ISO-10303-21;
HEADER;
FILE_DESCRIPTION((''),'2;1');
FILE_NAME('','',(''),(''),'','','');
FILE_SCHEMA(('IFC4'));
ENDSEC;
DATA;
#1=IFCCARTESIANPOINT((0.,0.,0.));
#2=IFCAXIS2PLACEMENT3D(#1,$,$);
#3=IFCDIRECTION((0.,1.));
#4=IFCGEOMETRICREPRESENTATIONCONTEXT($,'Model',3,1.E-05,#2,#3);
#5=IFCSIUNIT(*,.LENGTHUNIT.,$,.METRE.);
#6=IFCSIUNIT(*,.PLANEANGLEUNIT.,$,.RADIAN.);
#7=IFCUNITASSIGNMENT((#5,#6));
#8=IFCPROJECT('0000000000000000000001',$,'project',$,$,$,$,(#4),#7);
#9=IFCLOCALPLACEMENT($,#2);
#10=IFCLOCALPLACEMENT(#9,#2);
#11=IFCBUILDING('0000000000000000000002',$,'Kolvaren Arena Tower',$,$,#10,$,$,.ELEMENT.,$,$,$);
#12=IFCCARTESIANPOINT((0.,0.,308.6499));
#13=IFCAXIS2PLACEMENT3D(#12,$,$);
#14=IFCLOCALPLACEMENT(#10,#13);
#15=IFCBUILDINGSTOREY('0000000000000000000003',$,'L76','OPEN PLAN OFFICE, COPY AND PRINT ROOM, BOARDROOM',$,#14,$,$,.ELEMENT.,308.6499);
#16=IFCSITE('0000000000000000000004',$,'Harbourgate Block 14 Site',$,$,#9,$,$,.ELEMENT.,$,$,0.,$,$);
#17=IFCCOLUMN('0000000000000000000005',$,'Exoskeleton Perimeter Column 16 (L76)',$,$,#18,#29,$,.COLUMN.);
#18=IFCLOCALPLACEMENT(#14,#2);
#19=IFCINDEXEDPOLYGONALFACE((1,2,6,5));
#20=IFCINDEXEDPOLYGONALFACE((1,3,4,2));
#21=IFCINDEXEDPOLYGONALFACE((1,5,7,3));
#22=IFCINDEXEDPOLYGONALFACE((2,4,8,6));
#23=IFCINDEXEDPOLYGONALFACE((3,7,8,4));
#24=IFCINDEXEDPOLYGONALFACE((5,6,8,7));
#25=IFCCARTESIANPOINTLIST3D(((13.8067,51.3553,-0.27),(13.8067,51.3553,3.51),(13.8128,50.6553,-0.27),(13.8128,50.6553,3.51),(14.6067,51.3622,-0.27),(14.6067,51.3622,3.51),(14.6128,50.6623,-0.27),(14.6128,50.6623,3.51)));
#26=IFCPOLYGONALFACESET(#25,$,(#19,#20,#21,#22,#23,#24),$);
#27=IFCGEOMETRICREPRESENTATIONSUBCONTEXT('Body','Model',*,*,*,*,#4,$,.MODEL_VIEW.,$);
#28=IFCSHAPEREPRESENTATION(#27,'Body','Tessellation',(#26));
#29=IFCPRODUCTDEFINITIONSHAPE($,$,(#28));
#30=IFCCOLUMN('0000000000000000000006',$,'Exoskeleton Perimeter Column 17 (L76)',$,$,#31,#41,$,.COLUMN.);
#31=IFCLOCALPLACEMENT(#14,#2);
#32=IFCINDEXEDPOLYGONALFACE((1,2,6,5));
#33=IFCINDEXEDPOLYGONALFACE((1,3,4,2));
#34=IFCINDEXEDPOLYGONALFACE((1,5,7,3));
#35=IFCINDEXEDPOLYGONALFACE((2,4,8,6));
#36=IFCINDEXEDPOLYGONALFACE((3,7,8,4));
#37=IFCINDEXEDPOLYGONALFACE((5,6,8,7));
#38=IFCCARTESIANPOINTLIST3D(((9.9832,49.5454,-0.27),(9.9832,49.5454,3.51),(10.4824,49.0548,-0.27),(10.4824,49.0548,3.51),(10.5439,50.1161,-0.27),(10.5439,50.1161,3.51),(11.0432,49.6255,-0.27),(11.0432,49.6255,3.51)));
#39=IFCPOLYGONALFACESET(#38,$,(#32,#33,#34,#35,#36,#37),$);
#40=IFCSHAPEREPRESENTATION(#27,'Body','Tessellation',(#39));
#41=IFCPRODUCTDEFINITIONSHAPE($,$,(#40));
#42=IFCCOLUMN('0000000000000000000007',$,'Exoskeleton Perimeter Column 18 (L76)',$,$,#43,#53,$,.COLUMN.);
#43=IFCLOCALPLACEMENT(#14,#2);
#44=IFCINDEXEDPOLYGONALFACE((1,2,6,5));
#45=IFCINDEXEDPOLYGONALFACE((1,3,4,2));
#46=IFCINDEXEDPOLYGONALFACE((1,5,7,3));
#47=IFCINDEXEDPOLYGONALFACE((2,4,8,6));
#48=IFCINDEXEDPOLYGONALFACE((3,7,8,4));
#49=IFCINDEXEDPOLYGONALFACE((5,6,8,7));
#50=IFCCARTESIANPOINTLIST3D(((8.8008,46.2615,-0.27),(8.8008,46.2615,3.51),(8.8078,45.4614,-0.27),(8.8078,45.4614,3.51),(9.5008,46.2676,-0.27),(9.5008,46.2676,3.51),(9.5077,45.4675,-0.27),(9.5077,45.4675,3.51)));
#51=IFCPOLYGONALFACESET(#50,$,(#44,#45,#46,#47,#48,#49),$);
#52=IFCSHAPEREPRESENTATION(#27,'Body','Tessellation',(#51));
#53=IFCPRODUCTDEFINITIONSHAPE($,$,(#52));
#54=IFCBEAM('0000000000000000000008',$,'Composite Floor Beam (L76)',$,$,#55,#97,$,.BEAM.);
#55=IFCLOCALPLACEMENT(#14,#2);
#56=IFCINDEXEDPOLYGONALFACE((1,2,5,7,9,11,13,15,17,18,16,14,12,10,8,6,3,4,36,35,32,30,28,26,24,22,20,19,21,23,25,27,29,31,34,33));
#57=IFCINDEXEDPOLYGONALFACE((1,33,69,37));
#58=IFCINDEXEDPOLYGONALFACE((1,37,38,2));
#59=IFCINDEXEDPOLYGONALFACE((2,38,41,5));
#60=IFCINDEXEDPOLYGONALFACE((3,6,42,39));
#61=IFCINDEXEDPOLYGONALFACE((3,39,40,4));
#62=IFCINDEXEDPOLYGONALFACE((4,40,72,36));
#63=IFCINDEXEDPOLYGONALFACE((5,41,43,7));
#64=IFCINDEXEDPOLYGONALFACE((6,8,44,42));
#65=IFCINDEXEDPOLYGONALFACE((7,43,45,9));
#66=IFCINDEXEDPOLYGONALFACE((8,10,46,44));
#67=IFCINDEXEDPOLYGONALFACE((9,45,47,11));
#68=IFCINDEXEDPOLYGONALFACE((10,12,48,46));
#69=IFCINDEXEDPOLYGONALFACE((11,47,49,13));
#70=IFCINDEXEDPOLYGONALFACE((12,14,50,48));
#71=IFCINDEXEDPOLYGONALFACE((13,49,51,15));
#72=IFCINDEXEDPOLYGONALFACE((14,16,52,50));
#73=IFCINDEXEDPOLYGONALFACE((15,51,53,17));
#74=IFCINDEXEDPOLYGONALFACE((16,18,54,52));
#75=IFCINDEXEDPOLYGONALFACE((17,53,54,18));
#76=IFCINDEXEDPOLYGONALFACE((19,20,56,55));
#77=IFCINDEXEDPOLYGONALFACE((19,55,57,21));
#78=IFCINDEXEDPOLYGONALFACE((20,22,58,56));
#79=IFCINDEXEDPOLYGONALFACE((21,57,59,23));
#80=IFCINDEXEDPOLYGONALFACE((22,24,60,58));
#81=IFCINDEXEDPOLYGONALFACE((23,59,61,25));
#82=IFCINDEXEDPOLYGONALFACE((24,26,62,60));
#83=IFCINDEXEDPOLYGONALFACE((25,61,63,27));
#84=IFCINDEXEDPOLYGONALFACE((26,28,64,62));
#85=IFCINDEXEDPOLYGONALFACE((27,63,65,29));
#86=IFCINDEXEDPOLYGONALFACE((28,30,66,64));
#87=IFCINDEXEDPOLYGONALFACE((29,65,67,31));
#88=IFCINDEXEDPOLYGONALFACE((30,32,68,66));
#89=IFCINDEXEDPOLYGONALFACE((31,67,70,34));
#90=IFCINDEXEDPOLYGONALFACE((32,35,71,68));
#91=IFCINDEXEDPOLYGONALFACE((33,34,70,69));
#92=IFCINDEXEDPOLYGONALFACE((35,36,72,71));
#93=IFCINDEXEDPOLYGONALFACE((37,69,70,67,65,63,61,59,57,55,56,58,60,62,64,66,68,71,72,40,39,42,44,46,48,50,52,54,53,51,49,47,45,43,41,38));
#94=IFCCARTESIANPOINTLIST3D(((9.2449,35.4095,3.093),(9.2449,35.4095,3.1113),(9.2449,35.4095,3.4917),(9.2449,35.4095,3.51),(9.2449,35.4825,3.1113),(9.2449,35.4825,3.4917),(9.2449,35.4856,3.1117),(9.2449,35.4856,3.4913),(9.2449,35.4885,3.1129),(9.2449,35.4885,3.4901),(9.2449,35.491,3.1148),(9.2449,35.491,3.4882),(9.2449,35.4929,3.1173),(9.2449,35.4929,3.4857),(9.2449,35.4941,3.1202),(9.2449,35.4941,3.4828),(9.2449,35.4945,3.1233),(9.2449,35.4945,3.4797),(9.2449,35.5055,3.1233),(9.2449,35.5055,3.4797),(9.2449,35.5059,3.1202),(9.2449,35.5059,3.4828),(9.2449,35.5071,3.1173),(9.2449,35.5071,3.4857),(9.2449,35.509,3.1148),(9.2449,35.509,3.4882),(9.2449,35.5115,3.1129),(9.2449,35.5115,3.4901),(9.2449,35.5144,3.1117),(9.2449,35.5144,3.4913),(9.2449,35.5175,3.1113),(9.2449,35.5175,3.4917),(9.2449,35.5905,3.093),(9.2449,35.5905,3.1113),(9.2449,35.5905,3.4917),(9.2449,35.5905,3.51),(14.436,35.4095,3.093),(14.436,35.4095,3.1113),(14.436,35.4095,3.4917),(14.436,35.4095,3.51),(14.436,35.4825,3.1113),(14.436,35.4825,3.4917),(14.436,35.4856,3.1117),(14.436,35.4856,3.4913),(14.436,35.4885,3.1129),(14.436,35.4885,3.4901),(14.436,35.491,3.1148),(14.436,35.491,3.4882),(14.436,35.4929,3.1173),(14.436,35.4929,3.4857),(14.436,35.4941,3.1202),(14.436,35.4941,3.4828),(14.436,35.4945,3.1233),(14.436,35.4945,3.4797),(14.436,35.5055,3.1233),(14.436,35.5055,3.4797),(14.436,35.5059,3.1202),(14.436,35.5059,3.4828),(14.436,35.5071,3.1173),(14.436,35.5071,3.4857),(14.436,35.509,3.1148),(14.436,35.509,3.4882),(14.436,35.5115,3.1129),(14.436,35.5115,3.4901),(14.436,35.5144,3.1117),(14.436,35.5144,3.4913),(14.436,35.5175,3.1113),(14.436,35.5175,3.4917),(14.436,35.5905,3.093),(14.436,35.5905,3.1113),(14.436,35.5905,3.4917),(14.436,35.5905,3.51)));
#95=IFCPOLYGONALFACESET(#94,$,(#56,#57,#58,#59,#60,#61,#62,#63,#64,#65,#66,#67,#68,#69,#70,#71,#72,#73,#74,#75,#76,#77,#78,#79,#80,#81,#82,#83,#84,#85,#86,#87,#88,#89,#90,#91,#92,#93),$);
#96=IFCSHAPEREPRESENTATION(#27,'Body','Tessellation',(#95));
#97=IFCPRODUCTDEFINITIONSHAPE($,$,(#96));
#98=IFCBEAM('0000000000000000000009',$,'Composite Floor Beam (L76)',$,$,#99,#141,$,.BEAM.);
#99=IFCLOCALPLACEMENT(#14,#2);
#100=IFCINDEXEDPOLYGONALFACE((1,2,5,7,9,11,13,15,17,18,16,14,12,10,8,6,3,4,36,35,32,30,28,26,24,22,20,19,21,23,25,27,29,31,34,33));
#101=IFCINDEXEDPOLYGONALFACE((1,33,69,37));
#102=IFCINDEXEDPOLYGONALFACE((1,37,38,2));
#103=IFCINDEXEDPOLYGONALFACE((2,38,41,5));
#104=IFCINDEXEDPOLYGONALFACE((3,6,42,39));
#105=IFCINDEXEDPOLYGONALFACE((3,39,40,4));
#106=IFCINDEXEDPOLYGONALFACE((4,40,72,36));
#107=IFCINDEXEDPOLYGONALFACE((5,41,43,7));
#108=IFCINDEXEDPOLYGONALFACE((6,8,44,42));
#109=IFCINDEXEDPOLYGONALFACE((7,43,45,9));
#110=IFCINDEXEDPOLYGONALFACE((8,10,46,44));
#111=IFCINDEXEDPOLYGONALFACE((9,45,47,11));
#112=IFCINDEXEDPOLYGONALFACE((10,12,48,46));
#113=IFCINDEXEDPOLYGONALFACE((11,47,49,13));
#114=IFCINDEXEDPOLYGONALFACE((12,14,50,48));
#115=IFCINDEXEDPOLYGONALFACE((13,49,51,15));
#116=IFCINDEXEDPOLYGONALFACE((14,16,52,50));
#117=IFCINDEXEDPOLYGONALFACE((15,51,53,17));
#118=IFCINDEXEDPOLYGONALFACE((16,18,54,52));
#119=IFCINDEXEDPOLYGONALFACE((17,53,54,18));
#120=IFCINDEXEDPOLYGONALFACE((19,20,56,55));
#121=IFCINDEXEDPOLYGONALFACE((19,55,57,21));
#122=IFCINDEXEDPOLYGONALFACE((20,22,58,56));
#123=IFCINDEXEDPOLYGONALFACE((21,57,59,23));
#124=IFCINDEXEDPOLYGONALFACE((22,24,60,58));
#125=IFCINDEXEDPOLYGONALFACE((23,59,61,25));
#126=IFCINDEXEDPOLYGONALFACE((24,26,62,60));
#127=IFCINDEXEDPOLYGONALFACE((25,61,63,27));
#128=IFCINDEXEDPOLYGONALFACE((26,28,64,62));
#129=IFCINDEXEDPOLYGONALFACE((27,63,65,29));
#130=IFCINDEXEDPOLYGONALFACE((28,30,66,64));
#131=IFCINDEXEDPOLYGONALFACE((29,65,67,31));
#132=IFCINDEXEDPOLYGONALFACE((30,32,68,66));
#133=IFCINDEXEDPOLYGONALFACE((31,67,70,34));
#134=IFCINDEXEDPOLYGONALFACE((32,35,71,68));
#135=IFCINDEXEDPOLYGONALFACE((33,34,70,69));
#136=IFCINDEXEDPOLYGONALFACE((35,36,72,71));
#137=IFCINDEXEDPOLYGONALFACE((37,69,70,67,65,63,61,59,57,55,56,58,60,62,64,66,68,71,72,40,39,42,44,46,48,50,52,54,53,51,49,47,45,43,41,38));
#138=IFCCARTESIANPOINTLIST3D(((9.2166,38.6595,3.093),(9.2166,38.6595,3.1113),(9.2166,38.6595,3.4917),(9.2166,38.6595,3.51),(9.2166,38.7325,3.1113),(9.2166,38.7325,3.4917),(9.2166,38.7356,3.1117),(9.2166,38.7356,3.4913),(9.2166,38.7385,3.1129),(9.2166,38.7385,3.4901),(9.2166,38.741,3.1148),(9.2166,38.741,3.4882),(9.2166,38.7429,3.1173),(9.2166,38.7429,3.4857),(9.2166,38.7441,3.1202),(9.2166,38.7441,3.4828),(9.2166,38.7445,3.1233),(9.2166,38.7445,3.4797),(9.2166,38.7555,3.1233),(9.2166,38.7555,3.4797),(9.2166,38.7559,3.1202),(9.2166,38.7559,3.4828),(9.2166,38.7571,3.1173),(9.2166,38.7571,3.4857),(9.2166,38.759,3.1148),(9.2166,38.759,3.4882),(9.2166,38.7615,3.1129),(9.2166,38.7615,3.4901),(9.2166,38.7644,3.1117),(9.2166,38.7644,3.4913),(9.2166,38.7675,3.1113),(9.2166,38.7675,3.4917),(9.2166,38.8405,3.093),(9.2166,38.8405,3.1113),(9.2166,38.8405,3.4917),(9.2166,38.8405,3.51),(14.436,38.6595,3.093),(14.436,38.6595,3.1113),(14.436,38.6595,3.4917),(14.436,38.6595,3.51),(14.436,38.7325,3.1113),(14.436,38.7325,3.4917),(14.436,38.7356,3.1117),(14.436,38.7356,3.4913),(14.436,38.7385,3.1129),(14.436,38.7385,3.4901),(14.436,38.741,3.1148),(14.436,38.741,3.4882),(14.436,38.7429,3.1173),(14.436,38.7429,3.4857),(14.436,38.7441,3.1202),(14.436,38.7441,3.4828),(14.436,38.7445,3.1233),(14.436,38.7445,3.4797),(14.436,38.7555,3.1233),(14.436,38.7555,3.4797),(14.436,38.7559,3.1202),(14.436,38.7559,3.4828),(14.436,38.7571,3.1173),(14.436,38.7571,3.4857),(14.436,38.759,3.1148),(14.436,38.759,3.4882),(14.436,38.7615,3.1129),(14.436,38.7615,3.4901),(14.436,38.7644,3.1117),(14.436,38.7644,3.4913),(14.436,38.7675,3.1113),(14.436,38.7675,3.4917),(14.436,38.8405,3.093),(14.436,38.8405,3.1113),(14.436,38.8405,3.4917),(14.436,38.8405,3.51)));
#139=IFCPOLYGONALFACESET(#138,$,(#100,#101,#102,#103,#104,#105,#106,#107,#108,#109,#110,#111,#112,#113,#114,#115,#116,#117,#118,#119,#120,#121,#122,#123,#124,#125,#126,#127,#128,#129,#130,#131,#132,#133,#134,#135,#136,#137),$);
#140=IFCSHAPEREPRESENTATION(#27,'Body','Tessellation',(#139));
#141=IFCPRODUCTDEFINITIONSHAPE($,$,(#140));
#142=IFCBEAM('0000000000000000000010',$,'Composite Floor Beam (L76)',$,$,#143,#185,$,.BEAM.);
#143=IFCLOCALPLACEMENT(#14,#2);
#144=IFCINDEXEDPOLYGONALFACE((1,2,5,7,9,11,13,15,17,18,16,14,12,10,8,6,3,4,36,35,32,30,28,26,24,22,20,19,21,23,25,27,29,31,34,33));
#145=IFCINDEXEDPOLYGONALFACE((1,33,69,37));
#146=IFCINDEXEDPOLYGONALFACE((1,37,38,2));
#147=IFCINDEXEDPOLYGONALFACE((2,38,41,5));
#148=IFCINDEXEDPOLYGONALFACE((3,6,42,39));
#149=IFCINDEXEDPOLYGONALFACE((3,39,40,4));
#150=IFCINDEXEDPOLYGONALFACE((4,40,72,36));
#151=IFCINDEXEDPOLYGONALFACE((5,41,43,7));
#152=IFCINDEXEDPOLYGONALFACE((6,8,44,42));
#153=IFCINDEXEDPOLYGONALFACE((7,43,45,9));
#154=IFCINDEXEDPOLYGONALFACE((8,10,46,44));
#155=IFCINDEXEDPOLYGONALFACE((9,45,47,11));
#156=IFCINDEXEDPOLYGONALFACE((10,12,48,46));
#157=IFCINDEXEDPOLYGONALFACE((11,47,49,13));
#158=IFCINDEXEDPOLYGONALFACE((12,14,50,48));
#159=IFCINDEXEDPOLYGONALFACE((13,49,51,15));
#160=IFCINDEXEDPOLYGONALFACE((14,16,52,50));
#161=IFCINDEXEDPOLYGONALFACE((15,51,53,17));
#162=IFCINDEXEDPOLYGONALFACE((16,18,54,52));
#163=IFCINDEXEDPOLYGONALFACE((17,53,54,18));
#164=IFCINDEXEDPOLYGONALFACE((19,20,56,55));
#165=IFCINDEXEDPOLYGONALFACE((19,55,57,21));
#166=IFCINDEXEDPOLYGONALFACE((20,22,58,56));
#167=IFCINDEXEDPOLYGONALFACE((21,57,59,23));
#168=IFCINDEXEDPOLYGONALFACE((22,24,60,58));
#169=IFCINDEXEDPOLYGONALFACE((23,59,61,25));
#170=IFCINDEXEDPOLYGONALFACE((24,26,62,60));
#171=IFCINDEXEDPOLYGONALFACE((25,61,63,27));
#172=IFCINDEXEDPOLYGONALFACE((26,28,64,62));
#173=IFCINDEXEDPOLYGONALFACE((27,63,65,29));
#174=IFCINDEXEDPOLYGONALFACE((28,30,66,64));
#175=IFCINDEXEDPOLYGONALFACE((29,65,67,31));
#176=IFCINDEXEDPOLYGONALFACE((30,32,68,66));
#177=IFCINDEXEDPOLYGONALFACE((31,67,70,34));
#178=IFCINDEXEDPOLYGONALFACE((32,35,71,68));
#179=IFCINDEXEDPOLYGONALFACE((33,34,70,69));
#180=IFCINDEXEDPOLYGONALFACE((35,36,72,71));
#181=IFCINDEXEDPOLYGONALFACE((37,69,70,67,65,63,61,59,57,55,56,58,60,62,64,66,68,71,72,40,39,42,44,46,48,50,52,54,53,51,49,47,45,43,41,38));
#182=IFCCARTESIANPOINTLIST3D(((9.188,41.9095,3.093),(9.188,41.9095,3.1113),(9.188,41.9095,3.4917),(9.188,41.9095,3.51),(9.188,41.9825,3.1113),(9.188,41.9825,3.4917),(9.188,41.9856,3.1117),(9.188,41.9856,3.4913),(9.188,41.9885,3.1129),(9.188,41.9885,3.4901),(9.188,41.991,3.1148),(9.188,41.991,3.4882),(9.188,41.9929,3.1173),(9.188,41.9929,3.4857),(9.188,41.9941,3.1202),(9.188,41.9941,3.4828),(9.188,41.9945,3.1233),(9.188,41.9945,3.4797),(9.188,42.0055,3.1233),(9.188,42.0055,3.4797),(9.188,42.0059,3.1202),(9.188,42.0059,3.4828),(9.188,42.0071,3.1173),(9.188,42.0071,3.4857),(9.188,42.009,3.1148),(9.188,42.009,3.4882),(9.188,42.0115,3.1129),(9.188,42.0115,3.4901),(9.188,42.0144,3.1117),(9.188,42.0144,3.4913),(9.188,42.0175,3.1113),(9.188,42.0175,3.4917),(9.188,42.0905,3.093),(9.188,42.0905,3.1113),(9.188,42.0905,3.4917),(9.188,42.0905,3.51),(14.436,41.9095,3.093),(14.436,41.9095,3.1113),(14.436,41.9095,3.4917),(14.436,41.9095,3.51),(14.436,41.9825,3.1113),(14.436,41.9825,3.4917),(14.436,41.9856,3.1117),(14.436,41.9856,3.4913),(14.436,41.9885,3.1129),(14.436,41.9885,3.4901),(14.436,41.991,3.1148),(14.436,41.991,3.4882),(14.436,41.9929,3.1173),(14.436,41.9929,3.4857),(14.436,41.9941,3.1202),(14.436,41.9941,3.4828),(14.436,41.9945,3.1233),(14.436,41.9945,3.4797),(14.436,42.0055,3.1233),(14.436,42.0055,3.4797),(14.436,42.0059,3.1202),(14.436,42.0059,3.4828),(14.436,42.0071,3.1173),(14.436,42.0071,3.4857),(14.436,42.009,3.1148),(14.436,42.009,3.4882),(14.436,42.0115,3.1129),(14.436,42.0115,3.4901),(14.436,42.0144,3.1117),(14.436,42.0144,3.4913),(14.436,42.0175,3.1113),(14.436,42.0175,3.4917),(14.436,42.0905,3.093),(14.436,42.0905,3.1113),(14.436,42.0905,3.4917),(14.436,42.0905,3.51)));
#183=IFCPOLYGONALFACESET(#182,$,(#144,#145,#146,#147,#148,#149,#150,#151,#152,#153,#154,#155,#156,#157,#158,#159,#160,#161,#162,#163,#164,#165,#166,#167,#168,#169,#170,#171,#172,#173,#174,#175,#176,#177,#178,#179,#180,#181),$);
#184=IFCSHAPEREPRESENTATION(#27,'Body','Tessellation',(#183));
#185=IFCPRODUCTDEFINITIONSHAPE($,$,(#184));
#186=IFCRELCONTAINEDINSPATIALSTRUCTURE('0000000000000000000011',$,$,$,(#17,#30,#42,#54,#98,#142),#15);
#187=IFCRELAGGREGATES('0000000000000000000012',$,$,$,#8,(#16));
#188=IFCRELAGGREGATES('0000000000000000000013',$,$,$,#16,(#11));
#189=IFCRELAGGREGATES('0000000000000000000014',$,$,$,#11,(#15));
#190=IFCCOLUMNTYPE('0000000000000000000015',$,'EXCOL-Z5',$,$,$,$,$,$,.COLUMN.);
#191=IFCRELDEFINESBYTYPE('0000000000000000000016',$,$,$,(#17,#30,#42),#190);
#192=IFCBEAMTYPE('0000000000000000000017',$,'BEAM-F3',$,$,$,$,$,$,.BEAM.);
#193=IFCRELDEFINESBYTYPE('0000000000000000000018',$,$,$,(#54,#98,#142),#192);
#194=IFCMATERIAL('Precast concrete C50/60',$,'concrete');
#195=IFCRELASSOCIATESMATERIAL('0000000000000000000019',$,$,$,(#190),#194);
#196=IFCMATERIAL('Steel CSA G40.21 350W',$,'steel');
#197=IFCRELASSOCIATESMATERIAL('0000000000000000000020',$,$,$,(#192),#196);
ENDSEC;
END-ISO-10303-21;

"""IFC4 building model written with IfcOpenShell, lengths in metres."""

from ifc_helpers import new_model, si_unit, direction, frame, origin, origin_2d, place, context, subcontext, project, spatial, rectangle, i_section, extrude, material, material_profile, profile_set, type_object, element, save


model = new_model("IFC4")

# Units and contexts
model_context = context("Model", 3, precision=1e-05, world=origin(), true_north=direction((0.0, 1.0)))
body_context = subcontext(model_context, "Body", "Model", "MODEL_VIEW")
ifc_project = project(units=[si_unit("LENGTHUNIT", "METRE"), si_unit("PLANEANGLEUNIT", "RADIAN")], contexts=[model_context])

# Site, building, storey
site_placement = place(None, origin())
site = spatial("IfcSite", under=ifc_project, at=site_placement, Name="Harbourgate Block 14 Site", CompositionType="ELEMENT", RefElevation=0.0)
building_placement = place(site_placement, origin())
building = spatial("IfcBuilding", under=site, at=building_placement, Name="Kolvaren Arena Tower", CompositionType="ELEMENT")
storey_placement = place(building_placement, frame((0.0, 0.0, 308.6499)))
storey = spatial("IfcBuildingStorey", under=building, at=storey_placement, Name="L76", Description="OPEN PLAN OFFICE, COPY AND PRINT ROOM, BOARDROOM", CompositionType="ELEMENT", Elevation=308.6499)

# Columns
ifc_material_1 = material(Name="Precast concrete C50/60", Category="concrete")
ifc_material_profile_1 = material_profile(ifc_material_1, rectangle(XDim=0.8, YDim=0.7, at=origin_2d()), Name="RC-800x700")
ifc_profile_set_1 = profile_set([ifc_material_profile_1], Name="Precast concrete C50/60")
column_type = type_object("IfcColumnType", Name="EXCOL-Z5", PredefinedType="COLUMN", material=ifc_profile_set_1)
for number, where, z_axis, x_axis, name in (
    (1, (14.2097, 51.0088, -0.27), (0.0, 0.0, 1.0), (0.999962, 0.008727, 0.0), "Exoskeleton Perimeter Column 16 (L76)"),
    (2, (10.5132, 49.5854, -0.27), (0.0, 0.0, 1.0), (0.700909, 0.71325, 0.0), "Exoskeleton Perimeter Column 17 (L76)"),
    (3, (9.1543, 45.8645, -0.27), (0.0, 0.0, 1.0), (-0.008727, 0.999962, 0.0), "Exoskeleton Perimeter Column 18 (L76)"),
):
    element("IfcColumn", number, at=place(storey_placement, frame(where, z_axis=z_axis, x_axis=x_axis)), inside=storey, type_object=column_type, Name=name, PredefinedType="COLUMN", context=body_context, shape_type="SweptSolid", body=[
        extrude(rectangle(XDim=0.8, YDim=0.7, at=origin_2d()), origin(), (0.0, 0.0, 1.0), 3.78),
    ])

# Beams
ifc_material_2 = material(Name="Steel CSA G40.21 350W", Category="steel")
ifc_material_profile_2 = material_profile(ifc_material_2, i_section(OverallWidth=0.1809, OverallDepth=0.417, WebThickness=0.011, FlangeThickness=0.0183, FilletRadius=0.012, at=origin_2d()), Name="W410x85")
ifc_profile_set_2 = profile_set([ifc_material_profile_2], Name="Steel CSA G40.21 350W")
beam_type_1 = type_object("IfcBeamType", Name="BEAM-F3", PredefinedType="BEAM", material=ifc_profile_set_2)
beam_1_placement = place(storey_placement, frame((9.2449, 35.5, 3.3015), z_axis=(1.0, 0.0, 0.0), x_axis=(0.0, 1.0, 0.0)))
element("IfcBeam", 4, at=beam_1_placement, inside=storey, type_object=beam_type_1, Name="Composite Floor Beam (L76)", PredefinedType="BEAM", context=body_context, shape_type="SweptSolid", body=[
    extrude(i_section(OverallWidth=0.1809, OverallDepth=0.417, WebThickness=0.011, FlangeThickness=0.0183, FilletRadius=0.012, at=origin_2d()), origin(), (0.0, 0.0, 1.0), 5.1912),
])
beam_2_placement = place(storey_placement, frame((9.2166, 38.75, 3.3015), z_axis=(1.0, 0.0, 0.0), x_axis=(0.0, 1.0, 0.0)))
element("IfcBeam", 5, at=beam_2_placement, inside=storey, type_object=beam_type_1, Name="Composite Floor Beam (L76)", PredefinedType="BEAM", context=body_context, shape_type="SweptSolid", body=[
    extrude(i_section(OverallWidth=0.1809, OverallDepth=0.417, WebThickness=0.011, FlangeThickness=0.0183, FilletRadius=0.012, at=origin_2d()), origin(), (0.0, 0.0, 1.0), 5.2195),
])
beam_3_placement = place(storey_placement, frame((9.188, 42.0, 3.3015), z_axis=(1.0, 0.0, 0.0), x_axis=(0.0, 1.0, 0.0)))
element("IfcBeam", 6, at=beam_3_placement, inside=storey, type_object=beam_type_1, Name="Composite Floor Beam (L76)", PredefinedType="BEAM", context=body_context, shape_type="SweptSolid", body=[
    extrude(i_section(OverallWidth=0.1809, OverallDepth=0.417, WebThickness=0.011, FlangeThickness=0.0183, FilletRadius=0.012, at=origin_2d()), origin(), (0.0, 0.0, 1.0), 5.248),
])

save(model, "model.ifc")
